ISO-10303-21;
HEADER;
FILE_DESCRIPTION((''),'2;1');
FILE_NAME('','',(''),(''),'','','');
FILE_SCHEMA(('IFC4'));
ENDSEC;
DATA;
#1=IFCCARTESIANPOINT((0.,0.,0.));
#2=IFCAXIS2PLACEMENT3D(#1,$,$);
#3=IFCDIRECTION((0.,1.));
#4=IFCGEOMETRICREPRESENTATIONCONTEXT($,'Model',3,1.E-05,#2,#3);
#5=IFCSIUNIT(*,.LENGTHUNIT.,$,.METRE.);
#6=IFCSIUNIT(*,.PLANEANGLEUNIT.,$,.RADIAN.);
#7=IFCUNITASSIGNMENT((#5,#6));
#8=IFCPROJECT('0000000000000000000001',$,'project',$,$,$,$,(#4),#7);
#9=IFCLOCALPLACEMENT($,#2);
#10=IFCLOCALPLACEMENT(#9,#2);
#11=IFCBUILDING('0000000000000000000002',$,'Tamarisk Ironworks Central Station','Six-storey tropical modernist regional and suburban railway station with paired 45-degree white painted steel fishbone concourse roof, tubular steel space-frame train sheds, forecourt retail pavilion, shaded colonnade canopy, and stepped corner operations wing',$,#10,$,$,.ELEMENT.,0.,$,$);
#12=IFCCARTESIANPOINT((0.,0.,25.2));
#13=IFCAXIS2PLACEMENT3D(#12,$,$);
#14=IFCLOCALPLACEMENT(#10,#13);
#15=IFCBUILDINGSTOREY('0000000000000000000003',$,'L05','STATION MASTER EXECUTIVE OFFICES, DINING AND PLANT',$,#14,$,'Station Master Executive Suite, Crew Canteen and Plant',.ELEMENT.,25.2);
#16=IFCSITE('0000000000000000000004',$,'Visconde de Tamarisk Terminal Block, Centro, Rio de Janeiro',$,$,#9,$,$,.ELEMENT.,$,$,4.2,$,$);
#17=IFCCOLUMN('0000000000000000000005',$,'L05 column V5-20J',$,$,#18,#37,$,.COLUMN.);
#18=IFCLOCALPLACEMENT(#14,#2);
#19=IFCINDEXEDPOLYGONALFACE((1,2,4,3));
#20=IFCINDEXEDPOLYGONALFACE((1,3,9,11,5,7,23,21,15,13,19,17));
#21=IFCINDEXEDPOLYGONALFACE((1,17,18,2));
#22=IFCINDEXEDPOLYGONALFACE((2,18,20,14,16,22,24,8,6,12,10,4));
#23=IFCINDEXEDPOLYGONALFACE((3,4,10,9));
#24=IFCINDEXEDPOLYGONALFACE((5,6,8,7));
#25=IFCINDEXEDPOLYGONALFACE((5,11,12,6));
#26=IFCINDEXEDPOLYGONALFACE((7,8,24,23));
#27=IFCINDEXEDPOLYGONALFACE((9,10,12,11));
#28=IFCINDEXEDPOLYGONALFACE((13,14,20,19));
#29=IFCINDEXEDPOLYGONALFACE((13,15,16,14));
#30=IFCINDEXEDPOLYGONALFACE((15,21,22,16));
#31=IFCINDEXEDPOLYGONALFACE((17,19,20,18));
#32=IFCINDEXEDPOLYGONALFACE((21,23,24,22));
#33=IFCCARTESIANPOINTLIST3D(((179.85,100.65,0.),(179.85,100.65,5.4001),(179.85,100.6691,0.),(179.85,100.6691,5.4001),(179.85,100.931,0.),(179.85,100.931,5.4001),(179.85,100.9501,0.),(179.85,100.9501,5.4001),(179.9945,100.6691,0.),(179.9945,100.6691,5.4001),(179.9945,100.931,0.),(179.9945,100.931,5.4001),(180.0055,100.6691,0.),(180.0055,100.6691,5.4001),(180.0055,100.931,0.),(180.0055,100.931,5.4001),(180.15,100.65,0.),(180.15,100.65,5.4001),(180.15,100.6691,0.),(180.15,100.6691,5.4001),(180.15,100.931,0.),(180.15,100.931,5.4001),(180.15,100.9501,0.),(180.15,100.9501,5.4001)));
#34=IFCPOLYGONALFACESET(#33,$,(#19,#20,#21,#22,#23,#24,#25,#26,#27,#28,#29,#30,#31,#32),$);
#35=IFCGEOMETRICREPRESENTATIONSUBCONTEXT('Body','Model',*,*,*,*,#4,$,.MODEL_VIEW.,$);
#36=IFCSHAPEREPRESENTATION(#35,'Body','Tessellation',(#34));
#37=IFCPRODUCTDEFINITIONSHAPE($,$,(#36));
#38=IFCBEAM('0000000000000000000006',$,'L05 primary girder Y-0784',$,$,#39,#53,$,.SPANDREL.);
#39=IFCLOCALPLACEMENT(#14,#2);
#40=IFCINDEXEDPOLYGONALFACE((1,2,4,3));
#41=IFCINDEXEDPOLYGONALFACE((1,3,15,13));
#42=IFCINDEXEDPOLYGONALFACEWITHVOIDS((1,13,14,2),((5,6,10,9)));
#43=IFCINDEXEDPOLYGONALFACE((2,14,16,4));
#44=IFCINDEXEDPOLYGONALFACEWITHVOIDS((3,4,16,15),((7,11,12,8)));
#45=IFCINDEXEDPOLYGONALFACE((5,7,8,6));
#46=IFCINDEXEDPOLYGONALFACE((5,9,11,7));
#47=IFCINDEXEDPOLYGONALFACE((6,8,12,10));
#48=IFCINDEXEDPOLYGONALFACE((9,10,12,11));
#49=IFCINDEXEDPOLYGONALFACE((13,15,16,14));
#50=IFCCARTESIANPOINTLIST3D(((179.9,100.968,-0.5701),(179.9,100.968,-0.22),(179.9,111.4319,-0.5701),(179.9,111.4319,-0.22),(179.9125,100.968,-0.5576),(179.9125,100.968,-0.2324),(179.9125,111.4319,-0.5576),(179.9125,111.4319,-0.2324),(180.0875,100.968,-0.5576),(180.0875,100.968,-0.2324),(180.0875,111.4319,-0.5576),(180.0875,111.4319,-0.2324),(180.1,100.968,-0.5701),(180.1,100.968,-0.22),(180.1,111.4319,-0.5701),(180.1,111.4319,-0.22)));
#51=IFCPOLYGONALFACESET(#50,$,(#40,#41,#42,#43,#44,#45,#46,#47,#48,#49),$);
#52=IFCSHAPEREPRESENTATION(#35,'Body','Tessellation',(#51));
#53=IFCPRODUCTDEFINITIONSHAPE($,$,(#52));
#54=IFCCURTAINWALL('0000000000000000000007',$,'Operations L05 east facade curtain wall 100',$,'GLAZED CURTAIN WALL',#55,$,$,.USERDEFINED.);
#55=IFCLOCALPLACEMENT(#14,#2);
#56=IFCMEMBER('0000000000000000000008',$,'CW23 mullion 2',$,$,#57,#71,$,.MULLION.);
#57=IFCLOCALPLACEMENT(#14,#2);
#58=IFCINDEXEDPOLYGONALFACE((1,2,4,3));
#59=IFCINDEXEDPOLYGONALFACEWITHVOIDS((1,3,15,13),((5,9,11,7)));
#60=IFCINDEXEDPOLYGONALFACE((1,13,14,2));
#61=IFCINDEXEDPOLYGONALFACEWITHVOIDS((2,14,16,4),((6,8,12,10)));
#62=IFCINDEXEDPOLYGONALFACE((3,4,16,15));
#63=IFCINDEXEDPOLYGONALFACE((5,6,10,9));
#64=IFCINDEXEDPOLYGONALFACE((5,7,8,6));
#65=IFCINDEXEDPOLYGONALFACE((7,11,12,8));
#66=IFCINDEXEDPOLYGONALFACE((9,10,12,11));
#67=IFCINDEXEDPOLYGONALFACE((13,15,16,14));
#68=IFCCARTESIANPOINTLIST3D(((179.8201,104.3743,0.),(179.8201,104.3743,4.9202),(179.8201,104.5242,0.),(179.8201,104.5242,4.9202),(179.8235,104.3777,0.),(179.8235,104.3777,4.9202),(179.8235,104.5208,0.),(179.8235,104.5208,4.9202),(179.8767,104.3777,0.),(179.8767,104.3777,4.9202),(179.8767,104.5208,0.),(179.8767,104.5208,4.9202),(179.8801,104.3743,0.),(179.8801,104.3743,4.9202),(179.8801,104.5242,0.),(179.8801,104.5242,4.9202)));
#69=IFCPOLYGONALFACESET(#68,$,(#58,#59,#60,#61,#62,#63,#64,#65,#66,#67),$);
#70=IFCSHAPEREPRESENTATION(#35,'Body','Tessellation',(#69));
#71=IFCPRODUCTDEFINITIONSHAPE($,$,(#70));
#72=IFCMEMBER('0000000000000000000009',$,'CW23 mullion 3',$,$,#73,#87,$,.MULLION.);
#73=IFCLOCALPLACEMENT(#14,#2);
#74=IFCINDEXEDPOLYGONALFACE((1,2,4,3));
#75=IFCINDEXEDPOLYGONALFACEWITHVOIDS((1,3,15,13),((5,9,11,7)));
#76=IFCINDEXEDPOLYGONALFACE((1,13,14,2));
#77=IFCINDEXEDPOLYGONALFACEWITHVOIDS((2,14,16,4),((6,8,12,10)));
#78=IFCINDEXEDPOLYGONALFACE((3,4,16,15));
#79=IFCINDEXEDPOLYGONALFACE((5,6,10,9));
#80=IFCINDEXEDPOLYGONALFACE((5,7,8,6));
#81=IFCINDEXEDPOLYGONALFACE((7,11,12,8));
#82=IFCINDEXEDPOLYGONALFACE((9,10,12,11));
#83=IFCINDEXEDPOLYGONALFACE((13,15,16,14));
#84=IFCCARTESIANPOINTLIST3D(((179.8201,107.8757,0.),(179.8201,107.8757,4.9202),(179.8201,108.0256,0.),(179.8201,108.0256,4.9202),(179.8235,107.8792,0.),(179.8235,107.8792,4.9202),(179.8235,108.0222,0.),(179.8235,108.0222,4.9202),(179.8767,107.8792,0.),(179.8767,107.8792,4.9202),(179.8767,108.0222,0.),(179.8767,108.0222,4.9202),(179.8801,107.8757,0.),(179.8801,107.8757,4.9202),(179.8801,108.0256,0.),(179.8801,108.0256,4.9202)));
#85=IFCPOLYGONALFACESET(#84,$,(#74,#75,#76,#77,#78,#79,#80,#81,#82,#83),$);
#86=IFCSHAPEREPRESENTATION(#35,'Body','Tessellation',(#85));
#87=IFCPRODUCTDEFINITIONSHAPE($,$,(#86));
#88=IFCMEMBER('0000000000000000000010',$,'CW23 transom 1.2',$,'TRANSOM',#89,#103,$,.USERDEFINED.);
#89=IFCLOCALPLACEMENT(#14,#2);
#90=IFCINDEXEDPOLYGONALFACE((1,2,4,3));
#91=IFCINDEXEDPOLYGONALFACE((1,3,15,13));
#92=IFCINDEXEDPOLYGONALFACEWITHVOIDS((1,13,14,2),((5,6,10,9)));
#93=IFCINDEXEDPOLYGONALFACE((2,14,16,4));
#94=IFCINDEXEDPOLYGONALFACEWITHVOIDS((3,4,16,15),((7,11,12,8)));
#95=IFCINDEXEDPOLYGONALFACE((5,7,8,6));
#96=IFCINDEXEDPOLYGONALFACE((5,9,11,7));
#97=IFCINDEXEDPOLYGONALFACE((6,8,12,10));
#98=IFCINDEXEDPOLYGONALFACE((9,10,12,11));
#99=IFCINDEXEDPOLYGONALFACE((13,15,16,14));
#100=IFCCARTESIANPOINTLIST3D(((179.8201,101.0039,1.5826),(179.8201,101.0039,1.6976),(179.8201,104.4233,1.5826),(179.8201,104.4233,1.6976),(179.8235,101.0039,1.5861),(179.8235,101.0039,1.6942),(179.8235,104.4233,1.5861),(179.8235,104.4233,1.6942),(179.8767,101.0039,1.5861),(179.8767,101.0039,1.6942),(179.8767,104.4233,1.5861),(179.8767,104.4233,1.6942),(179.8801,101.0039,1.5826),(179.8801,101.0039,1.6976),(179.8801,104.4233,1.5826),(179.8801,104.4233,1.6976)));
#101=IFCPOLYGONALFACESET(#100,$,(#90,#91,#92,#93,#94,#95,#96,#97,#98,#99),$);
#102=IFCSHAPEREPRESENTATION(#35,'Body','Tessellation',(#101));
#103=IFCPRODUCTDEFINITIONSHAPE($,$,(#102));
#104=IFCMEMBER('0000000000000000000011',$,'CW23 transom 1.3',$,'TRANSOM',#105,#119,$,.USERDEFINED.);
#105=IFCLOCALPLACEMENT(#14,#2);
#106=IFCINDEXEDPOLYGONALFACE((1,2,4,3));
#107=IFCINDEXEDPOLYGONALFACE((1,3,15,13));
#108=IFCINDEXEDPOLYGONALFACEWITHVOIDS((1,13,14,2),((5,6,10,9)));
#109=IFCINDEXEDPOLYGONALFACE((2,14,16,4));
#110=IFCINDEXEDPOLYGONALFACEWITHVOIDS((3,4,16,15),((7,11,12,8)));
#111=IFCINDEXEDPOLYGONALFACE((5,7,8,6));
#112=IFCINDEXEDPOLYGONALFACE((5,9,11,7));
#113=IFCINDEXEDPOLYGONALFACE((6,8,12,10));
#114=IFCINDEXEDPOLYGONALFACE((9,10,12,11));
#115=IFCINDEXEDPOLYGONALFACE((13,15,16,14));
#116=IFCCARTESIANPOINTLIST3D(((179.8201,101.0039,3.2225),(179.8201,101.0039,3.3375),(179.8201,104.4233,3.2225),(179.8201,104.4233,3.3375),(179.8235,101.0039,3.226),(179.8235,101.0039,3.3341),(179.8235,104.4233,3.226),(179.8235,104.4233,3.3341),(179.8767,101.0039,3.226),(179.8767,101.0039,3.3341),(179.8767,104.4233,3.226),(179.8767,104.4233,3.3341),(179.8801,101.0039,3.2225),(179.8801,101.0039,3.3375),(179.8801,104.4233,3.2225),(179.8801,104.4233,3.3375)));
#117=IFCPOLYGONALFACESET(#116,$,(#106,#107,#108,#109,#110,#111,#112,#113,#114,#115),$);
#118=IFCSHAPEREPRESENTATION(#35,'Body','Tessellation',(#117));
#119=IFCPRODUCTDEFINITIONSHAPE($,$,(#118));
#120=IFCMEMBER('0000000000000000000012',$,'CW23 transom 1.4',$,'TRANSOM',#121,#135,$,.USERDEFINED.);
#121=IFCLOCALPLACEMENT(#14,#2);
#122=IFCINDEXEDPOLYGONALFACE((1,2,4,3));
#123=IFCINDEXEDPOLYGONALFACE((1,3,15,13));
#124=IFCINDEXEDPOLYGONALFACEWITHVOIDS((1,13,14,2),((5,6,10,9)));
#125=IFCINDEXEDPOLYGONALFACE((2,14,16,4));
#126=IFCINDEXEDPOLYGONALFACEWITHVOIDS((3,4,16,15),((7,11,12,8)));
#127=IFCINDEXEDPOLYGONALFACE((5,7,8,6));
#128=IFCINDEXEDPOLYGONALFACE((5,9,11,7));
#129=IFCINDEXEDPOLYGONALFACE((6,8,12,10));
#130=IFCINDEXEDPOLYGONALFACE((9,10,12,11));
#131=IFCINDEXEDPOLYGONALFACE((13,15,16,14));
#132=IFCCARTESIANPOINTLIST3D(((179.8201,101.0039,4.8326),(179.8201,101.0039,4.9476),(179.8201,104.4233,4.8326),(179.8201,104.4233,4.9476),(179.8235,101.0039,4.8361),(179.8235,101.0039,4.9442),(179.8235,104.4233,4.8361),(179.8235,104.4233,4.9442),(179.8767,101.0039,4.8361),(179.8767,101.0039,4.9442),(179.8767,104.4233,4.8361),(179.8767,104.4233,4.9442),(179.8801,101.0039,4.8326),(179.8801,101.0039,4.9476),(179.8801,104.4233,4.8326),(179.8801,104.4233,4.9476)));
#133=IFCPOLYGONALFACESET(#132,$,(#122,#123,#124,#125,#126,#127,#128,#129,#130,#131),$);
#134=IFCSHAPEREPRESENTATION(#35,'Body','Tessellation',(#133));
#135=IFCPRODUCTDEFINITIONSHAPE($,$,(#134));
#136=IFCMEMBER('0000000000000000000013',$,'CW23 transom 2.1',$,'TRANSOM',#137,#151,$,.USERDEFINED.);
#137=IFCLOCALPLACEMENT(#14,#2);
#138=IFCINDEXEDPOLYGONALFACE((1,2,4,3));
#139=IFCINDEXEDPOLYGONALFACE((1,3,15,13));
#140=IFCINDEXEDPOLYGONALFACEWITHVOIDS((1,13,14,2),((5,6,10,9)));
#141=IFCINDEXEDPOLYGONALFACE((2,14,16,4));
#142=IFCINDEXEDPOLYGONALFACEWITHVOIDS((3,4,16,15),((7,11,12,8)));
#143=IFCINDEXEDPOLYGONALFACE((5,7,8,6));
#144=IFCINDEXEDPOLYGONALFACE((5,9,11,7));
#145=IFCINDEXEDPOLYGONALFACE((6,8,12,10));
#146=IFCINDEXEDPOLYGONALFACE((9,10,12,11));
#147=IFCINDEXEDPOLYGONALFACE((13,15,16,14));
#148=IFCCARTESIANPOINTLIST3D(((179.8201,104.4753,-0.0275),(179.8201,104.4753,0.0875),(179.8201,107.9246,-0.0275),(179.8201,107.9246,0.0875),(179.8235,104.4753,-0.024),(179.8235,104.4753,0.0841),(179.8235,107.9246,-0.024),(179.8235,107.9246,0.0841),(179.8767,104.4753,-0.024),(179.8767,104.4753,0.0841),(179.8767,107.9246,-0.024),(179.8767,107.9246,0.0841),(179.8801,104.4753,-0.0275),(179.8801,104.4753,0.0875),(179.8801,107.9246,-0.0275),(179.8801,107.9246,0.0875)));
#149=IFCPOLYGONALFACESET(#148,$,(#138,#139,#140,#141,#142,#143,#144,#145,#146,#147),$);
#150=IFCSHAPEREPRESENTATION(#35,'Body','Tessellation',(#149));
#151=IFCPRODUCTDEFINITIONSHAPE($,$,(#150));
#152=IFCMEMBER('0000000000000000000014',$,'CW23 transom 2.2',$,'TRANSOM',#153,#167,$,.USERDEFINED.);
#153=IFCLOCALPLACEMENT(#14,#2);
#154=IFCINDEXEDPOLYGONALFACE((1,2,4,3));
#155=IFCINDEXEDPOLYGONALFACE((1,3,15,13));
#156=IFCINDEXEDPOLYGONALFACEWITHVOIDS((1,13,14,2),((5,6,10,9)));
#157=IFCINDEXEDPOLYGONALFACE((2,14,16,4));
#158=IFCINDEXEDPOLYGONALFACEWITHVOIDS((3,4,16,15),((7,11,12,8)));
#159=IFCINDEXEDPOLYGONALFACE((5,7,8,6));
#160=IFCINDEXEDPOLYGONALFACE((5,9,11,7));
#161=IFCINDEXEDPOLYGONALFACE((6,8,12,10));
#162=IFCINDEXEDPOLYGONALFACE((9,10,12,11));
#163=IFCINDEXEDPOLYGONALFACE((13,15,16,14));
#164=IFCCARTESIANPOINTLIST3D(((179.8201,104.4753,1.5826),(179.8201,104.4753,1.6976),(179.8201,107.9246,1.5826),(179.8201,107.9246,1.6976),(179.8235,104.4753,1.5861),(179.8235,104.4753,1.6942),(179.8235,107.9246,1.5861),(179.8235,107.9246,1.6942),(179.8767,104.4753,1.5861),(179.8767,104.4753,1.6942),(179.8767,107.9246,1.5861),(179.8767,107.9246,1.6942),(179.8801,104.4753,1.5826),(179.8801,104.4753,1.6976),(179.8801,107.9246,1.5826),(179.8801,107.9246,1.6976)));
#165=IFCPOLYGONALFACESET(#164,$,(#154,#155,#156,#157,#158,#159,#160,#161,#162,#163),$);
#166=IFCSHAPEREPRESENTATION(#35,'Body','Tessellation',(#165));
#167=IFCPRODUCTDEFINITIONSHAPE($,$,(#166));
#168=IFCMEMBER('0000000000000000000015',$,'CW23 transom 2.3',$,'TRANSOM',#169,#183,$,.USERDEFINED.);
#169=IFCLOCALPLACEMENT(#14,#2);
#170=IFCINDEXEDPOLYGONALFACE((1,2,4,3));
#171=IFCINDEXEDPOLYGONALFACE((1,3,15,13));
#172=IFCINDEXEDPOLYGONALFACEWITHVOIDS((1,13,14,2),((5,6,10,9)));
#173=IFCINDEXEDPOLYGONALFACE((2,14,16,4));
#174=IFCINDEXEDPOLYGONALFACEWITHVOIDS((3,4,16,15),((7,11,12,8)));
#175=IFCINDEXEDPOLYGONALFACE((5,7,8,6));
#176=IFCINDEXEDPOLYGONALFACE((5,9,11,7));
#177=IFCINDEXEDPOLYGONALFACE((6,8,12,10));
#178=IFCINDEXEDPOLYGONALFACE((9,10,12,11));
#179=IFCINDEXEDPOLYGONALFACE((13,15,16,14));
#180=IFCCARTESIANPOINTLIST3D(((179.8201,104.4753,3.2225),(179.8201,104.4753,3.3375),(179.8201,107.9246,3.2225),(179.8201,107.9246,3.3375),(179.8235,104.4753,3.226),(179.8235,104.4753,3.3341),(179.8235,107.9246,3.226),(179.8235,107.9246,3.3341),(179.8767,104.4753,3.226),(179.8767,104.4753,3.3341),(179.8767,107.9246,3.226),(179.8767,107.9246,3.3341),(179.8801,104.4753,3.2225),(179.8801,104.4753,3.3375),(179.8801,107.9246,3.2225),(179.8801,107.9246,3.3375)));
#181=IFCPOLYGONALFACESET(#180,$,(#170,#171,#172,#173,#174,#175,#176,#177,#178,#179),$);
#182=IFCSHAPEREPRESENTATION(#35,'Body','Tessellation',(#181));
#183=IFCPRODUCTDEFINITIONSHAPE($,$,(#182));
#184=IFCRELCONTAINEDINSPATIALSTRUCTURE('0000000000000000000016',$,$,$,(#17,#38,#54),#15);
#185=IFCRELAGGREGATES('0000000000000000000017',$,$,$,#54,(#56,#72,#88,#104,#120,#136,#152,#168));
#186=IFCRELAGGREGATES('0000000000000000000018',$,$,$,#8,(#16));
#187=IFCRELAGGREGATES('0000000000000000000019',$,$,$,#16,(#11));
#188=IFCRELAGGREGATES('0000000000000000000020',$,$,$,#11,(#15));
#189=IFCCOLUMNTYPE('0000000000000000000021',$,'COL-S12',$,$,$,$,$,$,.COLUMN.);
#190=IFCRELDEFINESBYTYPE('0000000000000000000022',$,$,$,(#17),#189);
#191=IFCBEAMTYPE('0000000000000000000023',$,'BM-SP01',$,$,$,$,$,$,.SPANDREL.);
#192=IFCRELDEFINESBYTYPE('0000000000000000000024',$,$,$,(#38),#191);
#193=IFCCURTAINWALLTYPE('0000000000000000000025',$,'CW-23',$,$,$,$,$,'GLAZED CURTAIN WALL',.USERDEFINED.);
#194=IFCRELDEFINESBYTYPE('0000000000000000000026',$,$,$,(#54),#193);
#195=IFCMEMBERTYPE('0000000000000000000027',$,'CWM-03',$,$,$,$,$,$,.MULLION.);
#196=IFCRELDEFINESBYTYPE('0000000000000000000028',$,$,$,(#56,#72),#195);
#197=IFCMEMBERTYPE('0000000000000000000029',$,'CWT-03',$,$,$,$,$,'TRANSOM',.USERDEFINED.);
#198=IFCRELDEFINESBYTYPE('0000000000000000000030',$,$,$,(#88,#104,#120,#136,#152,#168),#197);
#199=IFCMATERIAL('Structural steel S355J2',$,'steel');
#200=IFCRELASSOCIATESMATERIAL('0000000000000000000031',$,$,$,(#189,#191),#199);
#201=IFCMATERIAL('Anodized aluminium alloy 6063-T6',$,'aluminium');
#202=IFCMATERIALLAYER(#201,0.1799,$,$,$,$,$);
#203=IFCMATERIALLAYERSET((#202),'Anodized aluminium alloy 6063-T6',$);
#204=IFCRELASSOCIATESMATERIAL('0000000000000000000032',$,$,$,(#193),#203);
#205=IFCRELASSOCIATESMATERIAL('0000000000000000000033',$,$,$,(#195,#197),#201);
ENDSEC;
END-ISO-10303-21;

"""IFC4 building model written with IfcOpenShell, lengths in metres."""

from ifc_helpers import new_model, si_unit, direction, frame, origin, origin_2d, place, context, subcontext, project, spatial, hollow_rectangle, i_section, extrude, material, layer, layer_set, material_profile, profile_set, type_object, element, aggregate, save


model = new_model("IFC4")

# Units and contexts
model_context = context("Model", 3, precision=1e-05, world=origin(), true_north=direction((0.0, 1.0)))
body_context = subcontext(model_context, "Body", "Model", "MODEL_VIEW")
ifc_project = project(units=[si_unit("LENGTHUNIT", "METRE"), si_unit("PLANEANGLEUNIT", "RADIAN")], contexts=[model_context])

# Site, building, storey
site_placement = place(None, origin())
site = spatial("IfcSite", under=ifc_project, at=site_placement, Name="Visconde de Tamarisk Terminal Block, Centro, Rio de Janeiro", CompositionType="ELEMENT", RefElevation=4.2)
building_placement = place(site_placement, origin())
building = spatial("IfcBuilding", under=site, at=building_placement, Name="Tamarisk Ironworks Central Station", Description="Six-storey tropical modernist regional and suburban railway station with paired 45-degree white painted steel fishbone concourse roof, tubular steel space-frame train sheds, forecourt retail pavilion, shaded colonnade canopy, and stepped corner operations wing", CompositionType="ELEMENT", ElevationOfRefHeight=0.0)
storey_placement = place(building_placement, frame((0.0, 0.0, 25.2)))
storey = spatial("IfcBuildingStorey", under=building, at=storey_placement, Name="L05", Description="STATION MASTER EXECUTIVE OFFICES, DINING AND PLANT", LongName="Station Master Executive Suite, Crew Canteen and Plant", CompositionType="ELEMENT", Elevation=25.2)

# Column
ifc_material_1 = material(Name="Structural steel S355J2", Category="steel")
ifc_material_profile_1 = material_profile(ifc_material_1, i_section(OverallWidth=0.3, OverallDepth=0.3, WebThickness=0.011, FlangeThickness=0.019, at=origin_2d()), Name="HEB 300")
ifc_profile_set_1 = profile_set([ifc_material_profile_1], Name="Structural steel S355J2")
column_type = type_object("IfcColumnType", Name="COL-S12", PredefinedType="COLUMN", material=ifc_profile_set_1)
column_placement = place(storey_placement, frame((180.0, 100.8, 0.0), z_axis=(0.0, 0.0, 1.0), x_axis=(1.0, 0.0, 0.0)))
element("IfcColumn", 1, at=column_placement, inside=storey, type_object=column_type, Name="L05 column V5-20J", PredefinedType="COLUMN", context=body_context, shape_type="SweptSolid", body=[
    extrude(i_section(OverallWidth=0.3, OverallDepth=0.3, WebThickness=0.011, FlangeThickness=0.019, at=origin_2d()), origin(), (0.0, 0.0, 1.0), 5.4001),
])

# Beam
ifc_material_profile_2 = material_profile(ifc_material_1, hollow_rectangle(XDim=0.2, YDim=0.3501, WallThickness=0.0125, at=origin_2d()), Name="RHS 350x200x12.5")
ifc_profile_set_2 = profile_set([ifc_material_profile_2], Name="Structural steel S355J2")
beam_type = type_object("IfcBeamType", Name="BM-SP01", PredefinedType="SPANDREL", material=ifc_profile_set_2)
beam_placement = place(storey_placement, frame((180.0, 100.968, -0.395), z_axis=(0.0, 1.0, 0.0), x_axis=(-1.0, 0.0, 0.0)))
element("IfcBeam", 2, at=beam_placement, inside=storey, type_object=beam_type, Name="L05 primary girder Y-0784", PredefinedType="SPANDREL", context=body_context, shape_type="SweptSolid", body=[
    extrude(hollow_rectangle(XDim=0.2, YDim=0.3501, WallThickness=0.0125, at=origin_2d()), origin(), (0.0, 0.0, 1.0), 10.4639),
])

# Curtain wall, members
ifc_material_2 = material(Name="Anodized aluminium alloy 6063-T6", Category="aluminium")
ifc_layer_1 = layer(ifc_material_2, 0.1799)
ifc_layer_set_1 = layer_set([ifc_layer_1], Name="Anodized aluminium alloy 6063-T6")
curtain_wall_type = type_object("IfcCurtainWallType", Name="CW-23", ElementType="GLAZED CURTAIN WALL", PredefinedType="USERDEFINED", material=ifc_layer_set_1)
curtain_wall_placement = place(storey_placement, origin())
curtain_wall = element("IfcCurtainWall", 3, at=curtain_wall_placement, inside=storey, type_object=curtain_wall_type, Name="Operations L05 east facade curtain wall 100", ObjectType="GLAZED CURTAIN WALL", PredefinedType="USERDEFINED")
ifc_material_profile_3 = material_profile(ifc_material_2, hollow_rectangle(XDim=0.0601, YDim=0.1499, WallThickness=0.0034, at=origin_2d()), Name="ALUM 150x60")
ifc_profile_set_3 = profile_set([ifc_material_profile_3], Name="Anodized aluminium alloy 6063-T6")
member_type_1 = type_object("IfcMemberType", Name="CWM-03", PredefinedType="MULLION", material=ifc_profile_set_3)
member_1_placement = place(storey_placement, frame((179.8501, 104.4492, 0.0), z_axis=(0.0, 0.0, 1.0), x_axis=(-1.0, 0.0, 0.0)))
member_1 = element("IfcMember", 4, at=member_1_placement, type_object=member_type_1, Name="CW23 mullion 2", PredefinedType="MULLION", context=body_context, shape_type="SweptSolid", body=[
    extrude(hollow_rectangle(XDim=0.0601, YDim=0.1499, WallThickness=0.0034, at=origin_2d()), origin(), (0.0, 0.0, 1.0), 4.9202),
])
member_2_placement = place(storey_placement, frame((179.8501, 107.9507, 0.0), z_axis=(0.0, 0.0, 1.0), x_axis=(-1.0, 0.0, 0.0)))
member_2 = element("IfcMember", 5, at=member_2_placement, type_object=member_type_1, Name="CW23 mullion 3", PredefinedType="MULLION", context=body_context, shape_type="SweptSolid", body=[
    extrude(hollow_rectangle(XDim=0.0601, YDim=0.1499, WallThickness=0.0034, at=origin_2d()), origin(), (0.0, 0.0, 1.0), 4.9202),
])
ifc_material_profile_4 = material_profile(ifc_material_2, hollow_rectangle(XDim=0.0601, YDim=0.115, WallThickness=0.0034, at=origin_2d()), Name="ALUM 115x60")
ifc_profile_set_4 = profile_set([ifc_material_profile_4], Name="Anodized aluminium alloy 6063-T6")
member_type_2 = type_object("IfcMemberType", Name="CWT-03", ElementType="TRANSOM", PredefinedType="USERDEFINED", material=ifc_profile_set_4)
member_3_placement = place(storey_placement, frame((179.8501, 101.0039, 1.6401), z_axis=(0.0, 1.0, 0.0), x_axis=(-1.0, 0.0, 0.0)))
member_3 = element("IfcMember", 6, at=member_3_placement, type_object=member_type_2, Name="CW23 transom 1.2", ObjectType="TRANSOM", PredefinedType="USERDEFINED", context=body_context, shape_type="SweptSolid", body=[
    extrude(hollow_rectangle(XDim=0.0601, YDim=0.115, WallThickness=0.0034, at=origin_2d()), origin(), (0.0, 0.0, 1.0), 3.4194),
])
member_4_placement = place(storey_placement, frame((179.8501, 101.0039, 3.28), z_axis=(0.0, 1.0, 0.0), x_axis=(-1.0, 0.0, 0.0)))
member_4 = element("IfcMember", 7, at=member_4_placement, type_object=member_type_2, Name="CW23 transom 1.3", ObjectType="TRANSOM", PredefinedType="USERDEFINED", context=body_context, shape_type="SweptSolid", body=[
    extrude(hollow_rectangle(XDim=0.0601, YDim=0.115, WallThickness=0.0034, at=origin_2d()), origin(), (0.0, 0.0, 1.0), 3.4194),
])
member_5_placement = place(storey_placement, frame((179.8501, 101.0039, 4.8901), z_axis=(0.0, 1.0, 0.0), x_axis=(-1.0, 0.0, 0.0)))
member_5 = element("IfcMember", 8, at=member_5_placement, type_object=member_type_2, Name="CW23 transom 1.4", ObjectType="TRANSOM", PredefinedType="USERDEFINED", context=body_context, shape_type="SweptSolid", body=[
    extrude(hollow_rectangle(XDim=0.0601, YDim=0.115, WallThickness=0.0034, at=origin_2d()), origin(), (0.0, 0.0, 1.0), 3.4194),
])
member_6_placement = place(storey_placement, frame((179.8501, 104.4753, 0.03), z_axis=(0.0, 1.0, 0.0), x_axis=(-1.0, 0.0, 0.0)))
member_6 = element("IfcMember", 9, at=member_6_placement, type_object=member_type_2, Name="CW23 transom 2.1", ObjectType="TRANSOM", PredefinedType="USERDEFINED", context=body_context, shape_type="SweptSolid", body=[
    extrude(hollow_rectangle(XDim=0.0601, YDim=0.115, WallThickness=0.0034, at=origin_2d()), origin(), (0.0, 0.0, 1.0), 3.4492),
])
member_7_placement = place(storey_placement, frame((179.8501, 104.4753, 1.6401), z_axis=(0.0, 1.0, 0.0), x_axis=(-1.0, 0.0, 0.0)))
member_7 = element("IfcMember", 10, at=member_7_placement, type_object=member_type_2, Name="CW23 transom 2.2", ObjectType="TRANSOM", PredefinedType="USERDEFINED", context=body_context, shape_type="SweptSolid", body=[
    extrude(hollow_rectangle(XDim=0.0601, YDim=0.115, WallThickness=0.0034, at=origin_2d()), origin(), (0.0, 0.0, 1.0), 3.4492),
])
member_8_placement = place(storey_placement, frame((179.8501, 104.4753, 3.28), z_axis=(0.0, 1.0, 0.0), x_axis=(-1.0, 0.0, 0.0)))
member_8 = element("IfcMember", 11, at=member_8_placement, type_object=member_type_2, Name="CW23 transom 2.3", ObjectType="TRANSOM", PredefinedType="USERDEFINED", context=body_context, shape_type="SweptSolid", body=[
    extrude(hollow_rectangle(XDim=0.0601, YDim=0.115, WallThickness=0.0034, at=origin_2d()), origin(), (0.0, 0.0, 1.0), 3.4492),
])
aggregate(curtain_wall, [member_1, member_2, member_3, member_4, member_5, member_6, member_7, member_8])

save(model, "model.ifc")
